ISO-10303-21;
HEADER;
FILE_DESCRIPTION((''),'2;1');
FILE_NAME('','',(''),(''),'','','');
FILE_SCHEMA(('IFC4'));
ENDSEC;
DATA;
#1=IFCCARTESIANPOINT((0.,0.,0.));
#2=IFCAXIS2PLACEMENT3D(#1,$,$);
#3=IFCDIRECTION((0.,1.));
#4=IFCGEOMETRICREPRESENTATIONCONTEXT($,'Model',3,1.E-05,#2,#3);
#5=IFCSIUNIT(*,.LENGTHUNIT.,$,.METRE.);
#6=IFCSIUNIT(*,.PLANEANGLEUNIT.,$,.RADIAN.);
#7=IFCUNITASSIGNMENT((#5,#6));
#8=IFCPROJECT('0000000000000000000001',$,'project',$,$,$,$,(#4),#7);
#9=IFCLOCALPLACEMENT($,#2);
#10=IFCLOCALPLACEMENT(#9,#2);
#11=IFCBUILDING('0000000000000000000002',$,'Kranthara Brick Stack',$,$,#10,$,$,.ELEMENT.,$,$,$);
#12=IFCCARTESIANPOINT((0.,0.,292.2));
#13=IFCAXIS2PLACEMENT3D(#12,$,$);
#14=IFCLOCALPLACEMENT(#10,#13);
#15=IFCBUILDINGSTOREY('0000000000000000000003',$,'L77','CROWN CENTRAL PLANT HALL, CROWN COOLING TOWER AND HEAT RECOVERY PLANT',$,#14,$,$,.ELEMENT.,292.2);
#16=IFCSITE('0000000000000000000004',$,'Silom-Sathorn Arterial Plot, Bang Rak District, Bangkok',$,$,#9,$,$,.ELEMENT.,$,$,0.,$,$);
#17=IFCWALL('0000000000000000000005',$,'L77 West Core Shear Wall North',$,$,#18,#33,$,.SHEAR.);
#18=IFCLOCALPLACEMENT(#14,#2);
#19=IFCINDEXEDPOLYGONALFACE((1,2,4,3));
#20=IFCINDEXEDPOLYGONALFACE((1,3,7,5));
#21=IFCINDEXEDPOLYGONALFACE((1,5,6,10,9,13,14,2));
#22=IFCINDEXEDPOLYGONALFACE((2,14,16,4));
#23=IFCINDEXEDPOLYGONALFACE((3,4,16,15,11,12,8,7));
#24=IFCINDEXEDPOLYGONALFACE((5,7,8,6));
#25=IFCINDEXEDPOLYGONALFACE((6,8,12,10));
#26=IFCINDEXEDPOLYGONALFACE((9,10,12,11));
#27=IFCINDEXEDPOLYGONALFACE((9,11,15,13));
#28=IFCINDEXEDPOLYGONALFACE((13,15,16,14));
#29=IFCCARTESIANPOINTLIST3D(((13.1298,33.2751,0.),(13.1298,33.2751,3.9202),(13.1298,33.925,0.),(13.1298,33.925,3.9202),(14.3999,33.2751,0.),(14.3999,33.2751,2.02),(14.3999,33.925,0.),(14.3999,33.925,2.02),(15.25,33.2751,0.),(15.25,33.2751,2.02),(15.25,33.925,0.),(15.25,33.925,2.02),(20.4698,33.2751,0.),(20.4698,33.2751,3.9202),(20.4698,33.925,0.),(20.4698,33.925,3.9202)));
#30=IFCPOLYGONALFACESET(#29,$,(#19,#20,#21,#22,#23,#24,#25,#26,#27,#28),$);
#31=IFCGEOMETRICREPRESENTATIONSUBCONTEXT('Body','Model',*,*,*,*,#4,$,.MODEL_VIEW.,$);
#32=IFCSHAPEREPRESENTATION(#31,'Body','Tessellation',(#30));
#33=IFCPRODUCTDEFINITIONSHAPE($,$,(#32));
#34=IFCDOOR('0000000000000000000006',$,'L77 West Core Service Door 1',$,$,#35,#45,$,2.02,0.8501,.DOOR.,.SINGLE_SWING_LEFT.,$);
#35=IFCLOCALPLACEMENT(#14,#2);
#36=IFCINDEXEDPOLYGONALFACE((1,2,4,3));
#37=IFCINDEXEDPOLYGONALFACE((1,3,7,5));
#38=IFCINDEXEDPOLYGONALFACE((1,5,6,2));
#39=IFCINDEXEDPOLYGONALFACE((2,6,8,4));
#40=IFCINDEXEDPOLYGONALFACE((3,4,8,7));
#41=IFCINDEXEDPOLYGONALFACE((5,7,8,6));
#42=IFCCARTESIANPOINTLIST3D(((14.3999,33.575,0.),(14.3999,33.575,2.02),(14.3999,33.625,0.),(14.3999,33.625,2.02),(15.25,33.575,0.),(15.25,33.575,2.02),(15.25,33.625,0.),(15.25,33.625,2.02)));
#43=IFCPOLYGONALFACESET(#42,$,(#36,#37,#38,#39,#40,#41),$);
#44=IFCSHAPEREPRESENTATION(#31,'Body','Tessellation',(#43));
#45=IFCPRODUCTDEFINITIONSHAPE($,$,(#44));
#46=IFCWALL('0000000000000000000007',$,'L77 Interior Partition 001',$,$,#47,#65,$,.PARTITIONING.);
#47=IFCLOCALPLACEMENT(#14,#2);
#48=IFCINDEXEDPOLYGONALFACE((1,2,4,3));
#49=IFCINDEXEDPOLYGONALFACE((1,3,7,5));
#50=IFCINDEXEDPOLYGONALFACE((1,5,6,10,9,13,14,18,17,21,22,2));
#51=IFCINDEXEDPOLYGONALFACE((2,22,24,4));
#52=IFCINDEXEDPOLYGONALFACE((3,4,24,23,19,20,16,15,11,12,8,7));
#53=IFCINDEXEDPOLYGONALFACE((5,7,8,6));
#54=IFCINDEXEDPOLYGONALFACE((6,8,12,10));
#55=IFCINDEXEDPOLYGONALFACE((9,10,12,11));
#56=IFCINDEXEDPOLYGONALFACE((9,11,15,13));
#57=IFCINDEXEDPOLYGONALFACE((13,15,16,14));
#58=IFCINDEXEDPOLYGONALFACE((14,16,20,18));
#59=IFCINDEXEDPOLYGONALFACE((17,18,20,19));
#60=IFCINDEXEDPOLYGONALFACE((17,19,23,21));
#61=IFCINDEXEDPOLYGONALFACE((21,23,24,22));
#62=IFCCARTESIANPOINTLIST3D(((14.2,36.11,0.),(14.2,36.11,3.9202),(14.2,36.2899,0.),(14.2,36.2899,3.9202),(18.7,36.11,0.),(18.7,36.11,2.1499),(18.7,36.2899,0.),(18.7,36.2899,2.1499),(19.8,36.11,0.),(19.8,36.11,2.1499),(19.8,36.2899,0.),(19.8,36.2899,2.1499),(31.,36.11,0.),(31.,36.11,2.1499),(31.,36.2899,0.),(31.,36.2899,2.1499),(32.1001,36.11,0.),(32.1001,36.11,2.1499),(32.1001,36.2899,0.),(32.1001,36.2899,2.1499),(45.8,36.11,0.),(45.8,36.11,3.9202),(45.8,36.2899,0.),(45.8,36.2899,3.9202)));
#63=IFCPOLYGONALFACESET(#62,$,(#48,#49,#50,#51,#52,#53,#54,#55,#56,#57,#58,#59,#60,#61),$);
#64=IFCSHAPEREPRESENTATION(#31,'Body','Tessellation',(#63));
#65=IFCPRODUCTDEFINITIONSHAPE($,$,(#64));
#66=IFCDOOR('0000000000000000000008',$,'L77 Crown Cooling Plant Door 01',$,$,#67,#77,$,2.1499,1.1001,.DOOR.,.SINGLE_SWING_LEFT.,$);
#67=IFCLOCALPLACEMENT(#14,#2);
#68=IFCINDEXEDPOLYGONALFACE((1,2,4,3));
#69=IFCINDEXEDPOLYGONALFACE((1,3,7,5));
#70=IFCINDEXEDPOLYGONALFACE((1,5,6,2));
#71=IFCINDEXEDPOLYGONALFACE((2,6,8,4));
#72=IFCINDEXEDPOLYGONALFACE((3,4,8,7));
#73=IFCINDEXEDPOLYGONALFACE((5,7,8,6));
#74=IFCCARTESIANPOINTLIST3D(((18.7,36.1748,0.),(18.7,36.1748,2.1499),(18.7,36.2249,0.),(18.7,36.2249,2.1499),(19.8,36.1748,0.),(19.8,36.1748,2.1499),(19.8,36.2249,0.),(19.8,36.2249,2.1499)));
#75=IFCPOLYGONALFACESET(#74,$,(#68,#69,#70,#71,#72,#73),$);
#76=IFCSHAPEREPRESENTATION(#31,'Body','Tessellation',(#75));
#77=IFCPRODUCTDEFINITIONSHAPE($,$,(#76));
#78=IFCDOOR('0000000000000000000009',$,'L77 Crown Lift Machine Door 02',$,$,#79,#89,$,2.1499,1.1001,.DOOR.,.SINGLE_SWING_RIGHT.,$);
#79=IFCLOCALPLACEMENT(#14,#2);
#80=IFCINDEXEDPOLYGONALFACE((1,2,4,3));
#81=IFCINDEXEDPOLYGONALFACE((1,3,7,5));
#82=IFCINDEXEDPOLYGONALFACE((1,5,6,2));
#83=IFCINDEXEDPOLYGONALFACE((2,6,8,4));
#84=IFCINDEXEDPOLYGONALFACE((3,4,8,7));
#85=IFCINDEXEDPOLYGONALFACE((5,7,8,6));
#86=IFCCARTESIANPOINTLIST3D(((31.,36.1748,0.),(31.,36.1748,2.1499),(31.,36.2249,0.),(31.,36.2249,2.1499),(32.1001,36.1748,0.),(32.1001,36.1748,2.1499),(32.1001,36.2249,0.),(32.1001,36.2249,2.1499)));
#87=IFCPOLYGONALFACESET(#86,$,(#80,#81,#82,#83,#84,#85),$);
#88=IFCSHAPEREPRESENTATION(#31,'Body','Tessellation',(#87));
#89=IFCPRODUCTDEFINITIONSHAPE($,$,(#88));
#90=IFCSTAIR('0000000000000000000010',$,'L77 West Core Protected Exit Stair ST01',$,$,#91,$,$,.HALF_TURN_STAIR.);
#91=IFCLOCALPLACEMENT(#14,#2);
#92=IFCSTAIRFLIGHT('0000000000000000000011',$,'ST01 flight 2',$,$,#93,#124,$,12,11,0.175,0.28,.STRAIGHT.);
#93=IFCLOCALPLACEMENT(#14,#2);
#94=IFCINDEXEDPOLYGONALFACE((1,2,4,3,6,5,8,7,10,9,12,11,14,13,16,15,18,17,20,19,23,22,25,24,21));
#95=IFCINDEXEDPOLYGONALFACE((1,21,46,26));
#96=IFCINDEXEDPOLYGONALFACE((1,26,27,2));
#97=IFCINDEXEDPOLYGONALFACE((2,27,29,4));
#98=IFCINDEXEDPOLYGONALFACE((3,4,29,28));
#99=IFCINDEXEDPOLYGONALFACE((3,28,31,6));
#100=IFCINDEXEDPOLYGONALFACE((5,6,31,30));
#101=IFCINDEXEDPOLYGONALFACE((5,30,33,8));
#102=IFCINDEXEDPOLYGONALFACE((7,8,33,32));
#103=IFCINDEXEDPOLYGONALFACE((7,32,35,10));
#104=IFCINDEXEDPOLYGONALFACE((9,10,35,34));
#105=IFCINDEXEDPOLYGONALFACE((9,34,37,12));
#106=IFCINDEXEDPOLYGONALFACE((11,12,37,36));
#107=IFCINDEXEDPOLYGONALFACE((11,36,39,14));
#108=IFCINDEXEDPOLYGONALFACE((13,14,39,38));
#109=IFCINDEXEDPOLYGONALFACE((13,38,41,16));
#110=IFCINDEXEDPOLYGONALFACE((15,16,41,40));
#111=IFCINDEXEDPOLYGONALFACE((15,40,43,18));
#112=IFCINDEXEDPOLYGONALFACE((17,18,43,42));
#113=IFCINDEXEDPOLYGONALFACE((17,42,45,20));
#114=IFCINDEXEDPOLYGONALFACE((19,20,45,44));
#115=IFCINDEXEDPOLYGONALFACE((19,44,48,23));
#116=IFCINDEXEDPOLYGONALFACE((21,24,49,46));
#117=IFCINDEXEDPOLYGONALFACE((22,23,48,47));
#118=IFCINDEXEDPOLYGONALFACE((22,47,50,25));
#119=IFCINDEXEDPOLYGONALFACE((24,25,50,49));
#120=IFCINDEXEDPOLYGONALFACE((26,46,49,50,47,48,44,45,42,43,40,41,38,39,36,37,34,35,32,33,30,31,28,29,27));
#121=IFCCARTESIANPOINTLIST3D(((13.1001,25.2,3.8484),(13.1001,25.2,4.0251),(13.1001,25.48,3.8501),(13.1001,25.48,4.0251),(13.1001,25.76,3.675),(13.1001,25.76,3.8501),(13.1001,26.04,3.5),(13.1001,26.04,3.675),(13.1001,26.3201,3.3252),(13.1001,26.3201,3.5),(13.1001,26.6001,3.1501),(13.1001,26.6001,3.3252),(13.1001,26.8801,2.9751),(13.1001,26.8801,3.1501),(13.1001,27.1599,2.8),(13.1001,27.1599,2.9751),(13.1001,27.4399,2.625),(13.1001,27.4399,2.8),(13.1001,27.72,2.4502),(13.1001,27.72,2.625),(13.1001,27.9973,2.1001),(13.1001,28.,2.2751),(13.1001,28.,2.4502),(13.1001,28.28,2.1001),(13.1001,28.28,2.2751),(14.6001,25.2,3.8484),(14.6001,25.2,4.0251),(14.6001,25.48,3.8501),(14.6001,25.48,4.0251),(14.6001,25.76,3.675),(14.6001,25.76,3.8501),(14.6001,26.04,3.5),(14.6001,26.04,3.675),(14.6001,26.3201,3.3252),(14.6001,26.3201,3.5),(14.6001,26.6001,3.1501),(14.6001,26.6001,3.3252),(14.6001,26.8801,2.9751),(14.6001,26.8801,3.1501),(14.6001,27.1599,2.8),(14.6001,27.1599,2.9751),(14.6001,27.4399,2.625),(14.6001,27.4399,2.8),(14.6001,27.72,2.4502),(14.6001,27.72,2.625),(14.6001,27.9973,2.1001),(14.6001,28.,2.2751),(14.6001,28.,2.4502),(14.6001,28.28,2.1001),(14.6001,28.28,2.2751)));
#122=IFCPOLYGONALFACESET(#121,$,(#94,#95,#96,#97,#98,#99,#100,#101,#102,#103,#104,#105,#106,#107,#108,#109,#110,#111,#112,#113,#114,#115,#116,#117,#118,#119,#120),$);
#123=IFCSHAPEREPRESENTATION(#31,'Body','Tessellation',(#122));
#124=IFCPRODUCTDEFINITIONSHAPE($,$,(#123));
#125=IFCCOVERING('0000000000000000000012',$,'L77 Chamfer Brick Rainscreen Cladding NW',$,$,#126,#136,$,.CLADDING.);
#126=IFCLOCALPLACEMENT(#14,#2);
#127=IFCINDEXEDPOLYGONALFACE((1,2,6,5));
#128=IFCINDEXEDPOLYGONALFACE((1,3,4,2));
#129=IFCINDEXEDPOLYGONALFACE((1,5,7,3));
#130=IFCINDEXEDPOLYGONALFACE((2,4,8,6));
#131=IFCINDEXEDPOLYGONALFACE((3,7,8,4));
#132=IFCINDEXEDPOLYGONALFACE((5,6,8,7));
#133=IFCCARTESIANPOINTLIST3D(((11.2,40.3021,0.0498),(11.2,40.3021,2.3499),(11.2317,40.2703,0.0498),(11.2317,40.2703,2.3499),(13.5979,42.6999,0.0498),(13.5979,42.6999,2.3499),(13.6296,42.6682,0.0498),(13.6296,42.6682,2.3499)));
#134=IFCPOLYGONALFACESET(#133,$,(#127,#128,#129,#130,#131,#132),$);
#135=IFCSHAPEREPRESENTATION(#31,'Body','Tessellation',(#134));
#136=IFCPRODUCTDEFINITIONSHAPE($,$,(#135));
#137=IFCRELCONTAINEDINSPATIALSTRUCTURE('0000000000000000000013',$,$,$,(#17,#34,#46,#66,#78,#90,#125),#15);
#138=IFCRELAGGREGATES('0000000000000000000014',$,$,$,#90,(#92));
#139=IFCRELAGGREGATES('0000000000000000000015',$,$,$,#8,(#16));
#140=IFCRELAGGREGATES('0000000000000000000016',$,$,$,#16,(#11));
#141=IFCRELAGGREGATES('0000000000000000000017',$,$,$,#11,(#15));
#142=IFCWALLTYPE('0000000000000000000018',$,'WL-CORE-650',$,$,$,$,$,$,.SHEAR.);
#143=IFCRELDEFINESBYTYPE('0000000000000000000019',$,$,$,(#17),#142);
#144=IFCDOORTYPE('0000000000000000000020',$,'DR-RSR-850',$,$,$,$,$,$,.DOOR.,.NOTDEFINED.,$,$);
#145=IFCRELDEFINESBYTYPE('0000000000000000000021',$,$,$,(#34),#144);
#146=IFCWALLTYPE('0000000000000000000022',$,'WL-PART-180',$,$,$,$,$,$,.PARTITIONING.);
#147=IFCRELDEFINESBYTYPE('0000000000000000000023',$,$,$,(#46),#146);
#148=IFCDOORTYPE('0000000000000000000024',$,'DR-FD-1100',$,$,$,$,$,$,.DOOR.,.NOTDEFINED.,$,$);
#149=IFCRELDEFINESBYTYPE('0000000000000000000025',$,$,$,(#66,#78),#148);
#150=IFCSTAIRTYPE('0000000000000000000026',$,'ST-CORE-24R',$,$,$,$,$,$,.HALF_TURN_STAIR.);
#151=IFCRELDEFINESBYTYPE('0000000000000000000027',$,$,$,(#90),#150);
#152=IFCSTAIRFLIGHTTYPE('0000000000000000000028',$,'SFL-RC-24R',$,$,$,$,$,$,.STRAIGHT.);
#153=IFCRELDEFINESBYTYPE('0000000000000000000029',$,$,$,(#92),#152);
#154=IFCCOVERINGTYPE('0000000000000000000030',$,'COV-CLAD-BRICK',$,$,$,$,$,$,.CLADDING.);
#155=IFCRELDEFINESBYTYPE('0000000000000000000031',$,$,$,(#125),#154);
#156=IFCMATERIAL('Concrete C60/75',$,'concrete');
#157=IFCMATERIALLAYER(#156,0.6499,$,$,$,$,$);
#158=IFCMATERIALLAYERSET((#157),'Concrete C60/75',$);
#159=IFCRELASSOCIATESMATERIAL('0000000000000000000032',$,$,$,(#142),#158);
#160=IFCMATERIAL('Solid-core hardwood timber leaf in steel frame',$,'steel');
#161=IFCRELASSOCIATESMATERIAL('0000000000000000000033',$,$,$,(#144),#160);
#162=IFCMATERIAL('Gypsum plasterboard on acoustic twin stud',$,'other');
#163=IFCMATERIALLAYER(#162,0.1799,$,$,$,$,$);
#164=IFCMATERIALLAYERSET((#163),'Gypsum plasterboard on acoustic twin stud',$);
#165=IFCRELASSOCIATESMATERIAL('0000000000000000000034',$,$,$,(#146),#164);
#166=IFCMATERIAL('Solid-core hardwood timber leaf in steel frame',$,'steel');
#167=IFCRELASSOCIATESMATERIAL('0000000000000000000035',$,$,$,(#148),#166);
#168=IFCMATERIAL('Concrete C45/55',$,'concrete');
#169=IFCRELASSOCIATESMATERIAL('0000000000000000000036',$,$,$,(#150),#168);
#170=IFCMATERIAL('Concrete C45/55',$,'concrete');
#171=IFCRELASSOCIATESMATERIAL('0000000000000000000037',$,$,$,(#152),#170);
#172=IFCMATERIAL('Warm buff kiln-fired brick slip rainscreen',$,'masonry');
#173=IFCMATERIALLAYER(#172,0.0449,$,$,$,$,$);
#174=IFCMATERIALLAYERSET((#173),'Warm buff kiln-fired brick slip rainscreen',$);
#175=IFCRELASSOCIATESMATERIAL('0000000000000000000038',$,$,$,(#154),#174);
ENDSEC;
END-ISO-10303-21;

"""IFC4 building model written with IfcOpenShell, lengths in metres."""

from ifc_helpers import new_model, si_unit, direction, frame, frame_2d, origin, origin_2d, place, context, subcontext, project, spatial, polyline, rectangle, outline, extrude, material, layer, layer_set, type_object, element, fill, aggregate, save


model = new_model("IFC4")

# Units and contexts
model_context = context("Model", 3, precision=1e-05, world=origin(), true_north=direction((0.0, 1.0)))
body_context = subcontext(model_context, "Body", "Model", "MODEL_VIEW")
ifc_project = project(units=[si_unit("LENGTHUNIT", "METRE"), si_unit("PLANEANGLEUNIT", "RADIAN")], contexts=[model_context])

# Site, building, storey
site_placement = place(None, origin())
site = spatial("IfcSite", under=ifc_project, at=site_placement, Name="Silom-Sathorn Arterial Plot, Bang Rak District, Bangkok", CompositionType="ELEMENT", RefElevation=0.0)
building_placement = place(site_placement, origin())
building = spatial("IfcBuilding", under=site, at=building_placement, Name="Kranthara Brick Stack", CompositionType="ELEMENT")
storey_placement = place(building_placement, frame((0.0, 0.0, 292.2)))
storey = spatial("IfcBuildingStorey", under=building, at=storey_placement, Name="L77", Description="CROWN CENTRAL PLANT HALL, CROWN COOLING TOWER AND HEAT RECOVERY PLANT", CompositionType="ELEMENT", Elevation=292.2)

# Wall, opening, door
ifc_material_1 = material(Name="Concrete C60/75", Category="concrete")
ifc_layer_1 = layer(ifc_material_1, 0.6499)
ifc_layer_set_1 = layer_set([ifc_layer_1], Name="Concrete C60/75")
wall_type_1 = type_object("IfcWallType", Name="WL-CORE-650", PredefinedType="SHEAR", material=ifc_layer_set_1)
wall_1_placement = place(storey_placement, frame((13.1299, 33.6001, 0.0), z_axis=(0.0, 0.0, 1.0), x_axis=(1.0, 0.0, 0.0)))
wall_1 = element("IfcWall", 1, at=wall_1_placement, inside=storey, type_object=wall_type_1, Name="L77 West Core Shear Wall North", PredefinedType="SHEAR", context=body_context, shape_type="SweptSolid", body=[
    extrude(rectangle(XDim=7.3401, YDim=0.6499, at=frame_2d((3.6699, 0.0))), origin(), (0.0, 0.0, 1.0), 3.9202),
])
opening_1_placement = place(wall_1_placement, frame((1.27, 0.0, 0.0)))
opening_1 = element("IfcOpeningElement", 2, at=opening_1_placement, cuts=wall_1, PredefinedType="OPENING", context=body_context, shape_type="SweptSolid", body=[
    extrude(rectangle(XDim=0.8501, YDim=2.02, at=frame_2d((0.425, 1.01))), frame((0.0, 0.335, 0.0), z_axis=(0.0, -1.0, 0.0), x_axis=(1.0, 0.0, 0.0)), (0.0, 0.0, 1.0), 0.6699),
])
ifc_material_2 = material(Name="Solid-core hardwood timber leaf in steel frame", Category="steel")
door_type_1 = type_object("IfcDoorType", Name="DR-RSR-850", OperationType="NOTDEFINED", PredefinedType="DOOR", material=ifc_material_2)
door_1_placement = place(opening_1_placement, origin())
door_1 = element("IfcDoor", 3, at=door_1_placement, inside=storey, type_object=door_type_1, Name="L77 West Core Service Door 1", OperationType="SINGLE_SWING_LEFT", OverallHeight=2.02, OverallWidth=0.8501, PredefinedType="DOOR", context=body_context, shape_type="SweptSolid", body=[
    extrude(rectangle(XDim=0.8501, YDim=2.02, at=frame_2d((0.425, 1.01))), frame((0.0, 0.0249, 0.0), z_axis=(0.0, -1.0, 0.0), x_axis=(1.0, 0.0, 0.0)), (0.0, 0.0, 1.0), 0.05),
])
fill(opening_1, door_1)

# Wall, openings, doors
ifc_material_3 = material(Name="Gypsum plasterboard on acoustic twin stud", Category="other")
ifc_layer_2 = layer(ifc_material_3, 0.1799)
ifc_layer_set_2 = layer_set([ifc_layer_2], Name="Gypsum plasterboard on acoustic twin stud")
wall_type_2 = type_object("IfcWallType", Name="WL-PART-180", PredefinedType="PARTITIONING", material=ifc_layer_set_2)
wall_2_placement = place(storey_placement, frame((14.2, 36.2, 0.0), z_axis=(0.0, 0.0, 1.0), x_axis=(1.0, 0.0, 0.0)))
wall_2 = element("IfcWall", 4, at=wall_2_placement, inside=storey, type_object=wall_type_2, Name="L77 Interior Partition 001", PredefinedType="PARTITIONING", context=body_context, shape_type="SweptSolid", body=[
    extrude(rectangle(XDim=31.6001, YDim=0.1799, at=frame_2d((15.8, 0.0))), origin(), (0.0, 0.0, 1.0), 3.9202),
])
opening_2_placement = place(wall_2_placement, frame((4.5, 0.0, 0.0)))
opening_2 = element("IfcOpeningElement", 5, at=opening_2_placement, cuts=wall_2, PredefinedType="OPENING", context=body_context, shape_type="SweptSolid", body=[
    extrude(rectangle(XDim=1.1001, YDim=2.1499, at=frame_2d((0.55, 1.075))), frame((0.0, 0.0999, 0.0), z_axis=(0.0, -1.0, 0.0), x_axis=(1.0, 0.0, 0.0)), (0.0, 0.0, 1.0), 0.2),
])
opening_3_placement = place(wall_2_placement, frame((16.8, 0.0, 0.0)))
opening_3 = element("IfcOpeningElement", 6, at=opening_3_placement, cuts=wall_2, PredefinedType="OPENING", context=body_context, shape_type="SweptSolid", body=[
    extrude(rectangle(XDim=1.1001, YDim=2.1499, at=frame_2d((0.55, 1.075))), frame((0.0, 0.0999, 0.0), z_axis=(0.0, -1.0, 0.0), x_axis=(1.0, 0.0, 0.0)), (0.0, 0.0, 1.0), 0.2),
])
ifc_material_4 = material(Name="Solid-core hardwood timber leaf in steel frame", Category="steel")
door_type_2 = type_object("IfcDoorType", Name="DR-FD-1100", OperationType="NOTDEFINED", PredefinedType="DOOR", material=ifc_material_4)
door_2_placement = place(opening_2_placement, origin())
door_2 = element("IfcDoor", 7, at=door_2_placement, inside=storey, type_object=door_type_2, Name="L77 Crown Cooling Plant Door 01", OperationType="SINGLE_SWING_LEFT", OverallHeight=2.1499, OverallWidth=1.1001, PredefinedType="DOOR", context=body_context, shape_type="SweptSolid", body=[
    extrude(rectangle(XDim=1.1001, YDim=2.1499, at=frame_2d((0.55, 1.075))), frame((0.0, 0.0249, 0.0), z_axis=(0.0, -1.0, 0.0), x_axis=(1.0, 0.0, 0.0)), (0.0, 0.0, 1.0), 0.05),
])
fill(opening_2, door_2)
door_3_placement = place(opening_3_placement, origin())
door_3 = element("IfcDoor", 8, at=door_3_placement, inside=storey, type_object=door_type_2, Name="L77 Crown Lift Machine Door 02", OperationType="SINGLE_SWING_RIGHT", OverallHeight=2.1499, OverallWidth=1.1001, PredefinedType="DOOR", context=body_context, shape_type="SweptSolid", body=[
    extrude(rectangle(XDim=1.1001, YDim=2.1499, at=frame_2d((0.55, 1.075))), frame((0.0, 0.0249, 0.0), z_axis=(0.0, -1.0, 0.0), x_axis=(1.0, 0.0, 0.0)), (0.0, 0.0, 1.0), 0.05),
])
fill(opening_3, door_3)

# Stair, stair flight
ifc_material_5 = material(Name="Concrete C45/55", Category="concrete")
stair_type = type_object("IfcStairType", Name="ST-CORE-24R", PredefinedType="HALF_TURN_STAIR", material=ifc_material_5)
stair_placement = place(storey_placement, origin())
stair = element("IfcStair", 9, at=stair_placement, inside=storey, type_object=stair_type, Name="L77 West Core Protected Exit Stair ST01", PredefinedType="HALF_TURN_STAIR")
ifc_material_6 = material(Name="Concrete C45/55", Category="concrete")
stair_flight_type = type_object("IfcStairFlightType", Name="SFL-RC-24R", PredefinedType="STRAIGHT", material=ifc_material_6)
stair_flight_placement = place(storey_placement, frame((13.8501, 28.28, 2.1001), z_axis=(0.0, 0.0, 1.0), x_axis=(0.0, -1.0, 0.0)))
stair_flight = element("IfcStairFlight", 10, at=stair_flight_placement, type_object=stair_flight_type, Name="ST01 flight 2", NumberOfRisers=12, NumberOfTreads=11, PredefinedType="STRAIGHT", RiserHeight=0.175, TreadLength=0.28, context=body_context, shape_type="SweptSolid", body=[
    extrude(outline(polyline([(0.0, 0.0), (0.0, 0.175), (0.28, 0.175), (0.28, 0.3501), (0.5601, 0.3501), (0.5601, 0.5249), (0.8401, 0.5249), (0.8401, 0.7), (1.1201, 0.7), (1.1201, 0.875), (1.3999, 0.875), (1.3999, 1.05), (1.6799, 1.05), (1.6799, 1.2251), (1.96, 1.2251), (1.96, 1.3999), (2.24, 1.3999), (2.24, 1.575), (2.52, 1.575), (2.52, 1.75), (2.8, 1.75), (2.8, 1.925), (3.0801, 1.925), (3.0801, 2.1001), (3.0801, 1.7483), (0.2827, 0.0), (0.0, 0.0)])), frame((0.0, 0.75, 0.0), z_axis=(0.0, -1.0, 0.0), x_axis=(1.0, 0.0, 0.0)), (0.0, 0.0, 1.0), 1.5),
])
aggregate(stair, [stair_flight])

# Covering
ifc_material_7 = material(Name="Warm buff kiln-fired brick slip rainscreen", Category="masonry")
ifc_layer_3 = layer(ifc_material_7, 0.0449)
ifc_layer_set_3 = layer_set([ifc_layer_3], Name="Warm buff kiln-fired brick slip rainscreen")
covering_type = type_object("IfcCoveringType", Name="COV-CLAD-BRICK", PredefinedType="CLADDING", material=ifc_layer_set_3)
covering_placement = place(storey_placement, frame((12.4148, 41.4851, 0.0498), z_axis=(0.0, 0.0, 1.0), x_axis=(0.707107, 0.707107, 0.0)))
element("IfcCovering", 11, at=covering_placement, inside=storey, type_object=covering_type, Name="L77 Chamfer Brick Rainscreen Cladding NW", PredefinedType="CLADDING", context=body_context, shape_type="SweptSolid", body=[
    extrude(rectangle(XDim=3.3911, YDim=0.0449, at=origin_2d()), origin(), (0.0, 0.0, 1.0), 2.3),
])

save(model, "model.ifc")
